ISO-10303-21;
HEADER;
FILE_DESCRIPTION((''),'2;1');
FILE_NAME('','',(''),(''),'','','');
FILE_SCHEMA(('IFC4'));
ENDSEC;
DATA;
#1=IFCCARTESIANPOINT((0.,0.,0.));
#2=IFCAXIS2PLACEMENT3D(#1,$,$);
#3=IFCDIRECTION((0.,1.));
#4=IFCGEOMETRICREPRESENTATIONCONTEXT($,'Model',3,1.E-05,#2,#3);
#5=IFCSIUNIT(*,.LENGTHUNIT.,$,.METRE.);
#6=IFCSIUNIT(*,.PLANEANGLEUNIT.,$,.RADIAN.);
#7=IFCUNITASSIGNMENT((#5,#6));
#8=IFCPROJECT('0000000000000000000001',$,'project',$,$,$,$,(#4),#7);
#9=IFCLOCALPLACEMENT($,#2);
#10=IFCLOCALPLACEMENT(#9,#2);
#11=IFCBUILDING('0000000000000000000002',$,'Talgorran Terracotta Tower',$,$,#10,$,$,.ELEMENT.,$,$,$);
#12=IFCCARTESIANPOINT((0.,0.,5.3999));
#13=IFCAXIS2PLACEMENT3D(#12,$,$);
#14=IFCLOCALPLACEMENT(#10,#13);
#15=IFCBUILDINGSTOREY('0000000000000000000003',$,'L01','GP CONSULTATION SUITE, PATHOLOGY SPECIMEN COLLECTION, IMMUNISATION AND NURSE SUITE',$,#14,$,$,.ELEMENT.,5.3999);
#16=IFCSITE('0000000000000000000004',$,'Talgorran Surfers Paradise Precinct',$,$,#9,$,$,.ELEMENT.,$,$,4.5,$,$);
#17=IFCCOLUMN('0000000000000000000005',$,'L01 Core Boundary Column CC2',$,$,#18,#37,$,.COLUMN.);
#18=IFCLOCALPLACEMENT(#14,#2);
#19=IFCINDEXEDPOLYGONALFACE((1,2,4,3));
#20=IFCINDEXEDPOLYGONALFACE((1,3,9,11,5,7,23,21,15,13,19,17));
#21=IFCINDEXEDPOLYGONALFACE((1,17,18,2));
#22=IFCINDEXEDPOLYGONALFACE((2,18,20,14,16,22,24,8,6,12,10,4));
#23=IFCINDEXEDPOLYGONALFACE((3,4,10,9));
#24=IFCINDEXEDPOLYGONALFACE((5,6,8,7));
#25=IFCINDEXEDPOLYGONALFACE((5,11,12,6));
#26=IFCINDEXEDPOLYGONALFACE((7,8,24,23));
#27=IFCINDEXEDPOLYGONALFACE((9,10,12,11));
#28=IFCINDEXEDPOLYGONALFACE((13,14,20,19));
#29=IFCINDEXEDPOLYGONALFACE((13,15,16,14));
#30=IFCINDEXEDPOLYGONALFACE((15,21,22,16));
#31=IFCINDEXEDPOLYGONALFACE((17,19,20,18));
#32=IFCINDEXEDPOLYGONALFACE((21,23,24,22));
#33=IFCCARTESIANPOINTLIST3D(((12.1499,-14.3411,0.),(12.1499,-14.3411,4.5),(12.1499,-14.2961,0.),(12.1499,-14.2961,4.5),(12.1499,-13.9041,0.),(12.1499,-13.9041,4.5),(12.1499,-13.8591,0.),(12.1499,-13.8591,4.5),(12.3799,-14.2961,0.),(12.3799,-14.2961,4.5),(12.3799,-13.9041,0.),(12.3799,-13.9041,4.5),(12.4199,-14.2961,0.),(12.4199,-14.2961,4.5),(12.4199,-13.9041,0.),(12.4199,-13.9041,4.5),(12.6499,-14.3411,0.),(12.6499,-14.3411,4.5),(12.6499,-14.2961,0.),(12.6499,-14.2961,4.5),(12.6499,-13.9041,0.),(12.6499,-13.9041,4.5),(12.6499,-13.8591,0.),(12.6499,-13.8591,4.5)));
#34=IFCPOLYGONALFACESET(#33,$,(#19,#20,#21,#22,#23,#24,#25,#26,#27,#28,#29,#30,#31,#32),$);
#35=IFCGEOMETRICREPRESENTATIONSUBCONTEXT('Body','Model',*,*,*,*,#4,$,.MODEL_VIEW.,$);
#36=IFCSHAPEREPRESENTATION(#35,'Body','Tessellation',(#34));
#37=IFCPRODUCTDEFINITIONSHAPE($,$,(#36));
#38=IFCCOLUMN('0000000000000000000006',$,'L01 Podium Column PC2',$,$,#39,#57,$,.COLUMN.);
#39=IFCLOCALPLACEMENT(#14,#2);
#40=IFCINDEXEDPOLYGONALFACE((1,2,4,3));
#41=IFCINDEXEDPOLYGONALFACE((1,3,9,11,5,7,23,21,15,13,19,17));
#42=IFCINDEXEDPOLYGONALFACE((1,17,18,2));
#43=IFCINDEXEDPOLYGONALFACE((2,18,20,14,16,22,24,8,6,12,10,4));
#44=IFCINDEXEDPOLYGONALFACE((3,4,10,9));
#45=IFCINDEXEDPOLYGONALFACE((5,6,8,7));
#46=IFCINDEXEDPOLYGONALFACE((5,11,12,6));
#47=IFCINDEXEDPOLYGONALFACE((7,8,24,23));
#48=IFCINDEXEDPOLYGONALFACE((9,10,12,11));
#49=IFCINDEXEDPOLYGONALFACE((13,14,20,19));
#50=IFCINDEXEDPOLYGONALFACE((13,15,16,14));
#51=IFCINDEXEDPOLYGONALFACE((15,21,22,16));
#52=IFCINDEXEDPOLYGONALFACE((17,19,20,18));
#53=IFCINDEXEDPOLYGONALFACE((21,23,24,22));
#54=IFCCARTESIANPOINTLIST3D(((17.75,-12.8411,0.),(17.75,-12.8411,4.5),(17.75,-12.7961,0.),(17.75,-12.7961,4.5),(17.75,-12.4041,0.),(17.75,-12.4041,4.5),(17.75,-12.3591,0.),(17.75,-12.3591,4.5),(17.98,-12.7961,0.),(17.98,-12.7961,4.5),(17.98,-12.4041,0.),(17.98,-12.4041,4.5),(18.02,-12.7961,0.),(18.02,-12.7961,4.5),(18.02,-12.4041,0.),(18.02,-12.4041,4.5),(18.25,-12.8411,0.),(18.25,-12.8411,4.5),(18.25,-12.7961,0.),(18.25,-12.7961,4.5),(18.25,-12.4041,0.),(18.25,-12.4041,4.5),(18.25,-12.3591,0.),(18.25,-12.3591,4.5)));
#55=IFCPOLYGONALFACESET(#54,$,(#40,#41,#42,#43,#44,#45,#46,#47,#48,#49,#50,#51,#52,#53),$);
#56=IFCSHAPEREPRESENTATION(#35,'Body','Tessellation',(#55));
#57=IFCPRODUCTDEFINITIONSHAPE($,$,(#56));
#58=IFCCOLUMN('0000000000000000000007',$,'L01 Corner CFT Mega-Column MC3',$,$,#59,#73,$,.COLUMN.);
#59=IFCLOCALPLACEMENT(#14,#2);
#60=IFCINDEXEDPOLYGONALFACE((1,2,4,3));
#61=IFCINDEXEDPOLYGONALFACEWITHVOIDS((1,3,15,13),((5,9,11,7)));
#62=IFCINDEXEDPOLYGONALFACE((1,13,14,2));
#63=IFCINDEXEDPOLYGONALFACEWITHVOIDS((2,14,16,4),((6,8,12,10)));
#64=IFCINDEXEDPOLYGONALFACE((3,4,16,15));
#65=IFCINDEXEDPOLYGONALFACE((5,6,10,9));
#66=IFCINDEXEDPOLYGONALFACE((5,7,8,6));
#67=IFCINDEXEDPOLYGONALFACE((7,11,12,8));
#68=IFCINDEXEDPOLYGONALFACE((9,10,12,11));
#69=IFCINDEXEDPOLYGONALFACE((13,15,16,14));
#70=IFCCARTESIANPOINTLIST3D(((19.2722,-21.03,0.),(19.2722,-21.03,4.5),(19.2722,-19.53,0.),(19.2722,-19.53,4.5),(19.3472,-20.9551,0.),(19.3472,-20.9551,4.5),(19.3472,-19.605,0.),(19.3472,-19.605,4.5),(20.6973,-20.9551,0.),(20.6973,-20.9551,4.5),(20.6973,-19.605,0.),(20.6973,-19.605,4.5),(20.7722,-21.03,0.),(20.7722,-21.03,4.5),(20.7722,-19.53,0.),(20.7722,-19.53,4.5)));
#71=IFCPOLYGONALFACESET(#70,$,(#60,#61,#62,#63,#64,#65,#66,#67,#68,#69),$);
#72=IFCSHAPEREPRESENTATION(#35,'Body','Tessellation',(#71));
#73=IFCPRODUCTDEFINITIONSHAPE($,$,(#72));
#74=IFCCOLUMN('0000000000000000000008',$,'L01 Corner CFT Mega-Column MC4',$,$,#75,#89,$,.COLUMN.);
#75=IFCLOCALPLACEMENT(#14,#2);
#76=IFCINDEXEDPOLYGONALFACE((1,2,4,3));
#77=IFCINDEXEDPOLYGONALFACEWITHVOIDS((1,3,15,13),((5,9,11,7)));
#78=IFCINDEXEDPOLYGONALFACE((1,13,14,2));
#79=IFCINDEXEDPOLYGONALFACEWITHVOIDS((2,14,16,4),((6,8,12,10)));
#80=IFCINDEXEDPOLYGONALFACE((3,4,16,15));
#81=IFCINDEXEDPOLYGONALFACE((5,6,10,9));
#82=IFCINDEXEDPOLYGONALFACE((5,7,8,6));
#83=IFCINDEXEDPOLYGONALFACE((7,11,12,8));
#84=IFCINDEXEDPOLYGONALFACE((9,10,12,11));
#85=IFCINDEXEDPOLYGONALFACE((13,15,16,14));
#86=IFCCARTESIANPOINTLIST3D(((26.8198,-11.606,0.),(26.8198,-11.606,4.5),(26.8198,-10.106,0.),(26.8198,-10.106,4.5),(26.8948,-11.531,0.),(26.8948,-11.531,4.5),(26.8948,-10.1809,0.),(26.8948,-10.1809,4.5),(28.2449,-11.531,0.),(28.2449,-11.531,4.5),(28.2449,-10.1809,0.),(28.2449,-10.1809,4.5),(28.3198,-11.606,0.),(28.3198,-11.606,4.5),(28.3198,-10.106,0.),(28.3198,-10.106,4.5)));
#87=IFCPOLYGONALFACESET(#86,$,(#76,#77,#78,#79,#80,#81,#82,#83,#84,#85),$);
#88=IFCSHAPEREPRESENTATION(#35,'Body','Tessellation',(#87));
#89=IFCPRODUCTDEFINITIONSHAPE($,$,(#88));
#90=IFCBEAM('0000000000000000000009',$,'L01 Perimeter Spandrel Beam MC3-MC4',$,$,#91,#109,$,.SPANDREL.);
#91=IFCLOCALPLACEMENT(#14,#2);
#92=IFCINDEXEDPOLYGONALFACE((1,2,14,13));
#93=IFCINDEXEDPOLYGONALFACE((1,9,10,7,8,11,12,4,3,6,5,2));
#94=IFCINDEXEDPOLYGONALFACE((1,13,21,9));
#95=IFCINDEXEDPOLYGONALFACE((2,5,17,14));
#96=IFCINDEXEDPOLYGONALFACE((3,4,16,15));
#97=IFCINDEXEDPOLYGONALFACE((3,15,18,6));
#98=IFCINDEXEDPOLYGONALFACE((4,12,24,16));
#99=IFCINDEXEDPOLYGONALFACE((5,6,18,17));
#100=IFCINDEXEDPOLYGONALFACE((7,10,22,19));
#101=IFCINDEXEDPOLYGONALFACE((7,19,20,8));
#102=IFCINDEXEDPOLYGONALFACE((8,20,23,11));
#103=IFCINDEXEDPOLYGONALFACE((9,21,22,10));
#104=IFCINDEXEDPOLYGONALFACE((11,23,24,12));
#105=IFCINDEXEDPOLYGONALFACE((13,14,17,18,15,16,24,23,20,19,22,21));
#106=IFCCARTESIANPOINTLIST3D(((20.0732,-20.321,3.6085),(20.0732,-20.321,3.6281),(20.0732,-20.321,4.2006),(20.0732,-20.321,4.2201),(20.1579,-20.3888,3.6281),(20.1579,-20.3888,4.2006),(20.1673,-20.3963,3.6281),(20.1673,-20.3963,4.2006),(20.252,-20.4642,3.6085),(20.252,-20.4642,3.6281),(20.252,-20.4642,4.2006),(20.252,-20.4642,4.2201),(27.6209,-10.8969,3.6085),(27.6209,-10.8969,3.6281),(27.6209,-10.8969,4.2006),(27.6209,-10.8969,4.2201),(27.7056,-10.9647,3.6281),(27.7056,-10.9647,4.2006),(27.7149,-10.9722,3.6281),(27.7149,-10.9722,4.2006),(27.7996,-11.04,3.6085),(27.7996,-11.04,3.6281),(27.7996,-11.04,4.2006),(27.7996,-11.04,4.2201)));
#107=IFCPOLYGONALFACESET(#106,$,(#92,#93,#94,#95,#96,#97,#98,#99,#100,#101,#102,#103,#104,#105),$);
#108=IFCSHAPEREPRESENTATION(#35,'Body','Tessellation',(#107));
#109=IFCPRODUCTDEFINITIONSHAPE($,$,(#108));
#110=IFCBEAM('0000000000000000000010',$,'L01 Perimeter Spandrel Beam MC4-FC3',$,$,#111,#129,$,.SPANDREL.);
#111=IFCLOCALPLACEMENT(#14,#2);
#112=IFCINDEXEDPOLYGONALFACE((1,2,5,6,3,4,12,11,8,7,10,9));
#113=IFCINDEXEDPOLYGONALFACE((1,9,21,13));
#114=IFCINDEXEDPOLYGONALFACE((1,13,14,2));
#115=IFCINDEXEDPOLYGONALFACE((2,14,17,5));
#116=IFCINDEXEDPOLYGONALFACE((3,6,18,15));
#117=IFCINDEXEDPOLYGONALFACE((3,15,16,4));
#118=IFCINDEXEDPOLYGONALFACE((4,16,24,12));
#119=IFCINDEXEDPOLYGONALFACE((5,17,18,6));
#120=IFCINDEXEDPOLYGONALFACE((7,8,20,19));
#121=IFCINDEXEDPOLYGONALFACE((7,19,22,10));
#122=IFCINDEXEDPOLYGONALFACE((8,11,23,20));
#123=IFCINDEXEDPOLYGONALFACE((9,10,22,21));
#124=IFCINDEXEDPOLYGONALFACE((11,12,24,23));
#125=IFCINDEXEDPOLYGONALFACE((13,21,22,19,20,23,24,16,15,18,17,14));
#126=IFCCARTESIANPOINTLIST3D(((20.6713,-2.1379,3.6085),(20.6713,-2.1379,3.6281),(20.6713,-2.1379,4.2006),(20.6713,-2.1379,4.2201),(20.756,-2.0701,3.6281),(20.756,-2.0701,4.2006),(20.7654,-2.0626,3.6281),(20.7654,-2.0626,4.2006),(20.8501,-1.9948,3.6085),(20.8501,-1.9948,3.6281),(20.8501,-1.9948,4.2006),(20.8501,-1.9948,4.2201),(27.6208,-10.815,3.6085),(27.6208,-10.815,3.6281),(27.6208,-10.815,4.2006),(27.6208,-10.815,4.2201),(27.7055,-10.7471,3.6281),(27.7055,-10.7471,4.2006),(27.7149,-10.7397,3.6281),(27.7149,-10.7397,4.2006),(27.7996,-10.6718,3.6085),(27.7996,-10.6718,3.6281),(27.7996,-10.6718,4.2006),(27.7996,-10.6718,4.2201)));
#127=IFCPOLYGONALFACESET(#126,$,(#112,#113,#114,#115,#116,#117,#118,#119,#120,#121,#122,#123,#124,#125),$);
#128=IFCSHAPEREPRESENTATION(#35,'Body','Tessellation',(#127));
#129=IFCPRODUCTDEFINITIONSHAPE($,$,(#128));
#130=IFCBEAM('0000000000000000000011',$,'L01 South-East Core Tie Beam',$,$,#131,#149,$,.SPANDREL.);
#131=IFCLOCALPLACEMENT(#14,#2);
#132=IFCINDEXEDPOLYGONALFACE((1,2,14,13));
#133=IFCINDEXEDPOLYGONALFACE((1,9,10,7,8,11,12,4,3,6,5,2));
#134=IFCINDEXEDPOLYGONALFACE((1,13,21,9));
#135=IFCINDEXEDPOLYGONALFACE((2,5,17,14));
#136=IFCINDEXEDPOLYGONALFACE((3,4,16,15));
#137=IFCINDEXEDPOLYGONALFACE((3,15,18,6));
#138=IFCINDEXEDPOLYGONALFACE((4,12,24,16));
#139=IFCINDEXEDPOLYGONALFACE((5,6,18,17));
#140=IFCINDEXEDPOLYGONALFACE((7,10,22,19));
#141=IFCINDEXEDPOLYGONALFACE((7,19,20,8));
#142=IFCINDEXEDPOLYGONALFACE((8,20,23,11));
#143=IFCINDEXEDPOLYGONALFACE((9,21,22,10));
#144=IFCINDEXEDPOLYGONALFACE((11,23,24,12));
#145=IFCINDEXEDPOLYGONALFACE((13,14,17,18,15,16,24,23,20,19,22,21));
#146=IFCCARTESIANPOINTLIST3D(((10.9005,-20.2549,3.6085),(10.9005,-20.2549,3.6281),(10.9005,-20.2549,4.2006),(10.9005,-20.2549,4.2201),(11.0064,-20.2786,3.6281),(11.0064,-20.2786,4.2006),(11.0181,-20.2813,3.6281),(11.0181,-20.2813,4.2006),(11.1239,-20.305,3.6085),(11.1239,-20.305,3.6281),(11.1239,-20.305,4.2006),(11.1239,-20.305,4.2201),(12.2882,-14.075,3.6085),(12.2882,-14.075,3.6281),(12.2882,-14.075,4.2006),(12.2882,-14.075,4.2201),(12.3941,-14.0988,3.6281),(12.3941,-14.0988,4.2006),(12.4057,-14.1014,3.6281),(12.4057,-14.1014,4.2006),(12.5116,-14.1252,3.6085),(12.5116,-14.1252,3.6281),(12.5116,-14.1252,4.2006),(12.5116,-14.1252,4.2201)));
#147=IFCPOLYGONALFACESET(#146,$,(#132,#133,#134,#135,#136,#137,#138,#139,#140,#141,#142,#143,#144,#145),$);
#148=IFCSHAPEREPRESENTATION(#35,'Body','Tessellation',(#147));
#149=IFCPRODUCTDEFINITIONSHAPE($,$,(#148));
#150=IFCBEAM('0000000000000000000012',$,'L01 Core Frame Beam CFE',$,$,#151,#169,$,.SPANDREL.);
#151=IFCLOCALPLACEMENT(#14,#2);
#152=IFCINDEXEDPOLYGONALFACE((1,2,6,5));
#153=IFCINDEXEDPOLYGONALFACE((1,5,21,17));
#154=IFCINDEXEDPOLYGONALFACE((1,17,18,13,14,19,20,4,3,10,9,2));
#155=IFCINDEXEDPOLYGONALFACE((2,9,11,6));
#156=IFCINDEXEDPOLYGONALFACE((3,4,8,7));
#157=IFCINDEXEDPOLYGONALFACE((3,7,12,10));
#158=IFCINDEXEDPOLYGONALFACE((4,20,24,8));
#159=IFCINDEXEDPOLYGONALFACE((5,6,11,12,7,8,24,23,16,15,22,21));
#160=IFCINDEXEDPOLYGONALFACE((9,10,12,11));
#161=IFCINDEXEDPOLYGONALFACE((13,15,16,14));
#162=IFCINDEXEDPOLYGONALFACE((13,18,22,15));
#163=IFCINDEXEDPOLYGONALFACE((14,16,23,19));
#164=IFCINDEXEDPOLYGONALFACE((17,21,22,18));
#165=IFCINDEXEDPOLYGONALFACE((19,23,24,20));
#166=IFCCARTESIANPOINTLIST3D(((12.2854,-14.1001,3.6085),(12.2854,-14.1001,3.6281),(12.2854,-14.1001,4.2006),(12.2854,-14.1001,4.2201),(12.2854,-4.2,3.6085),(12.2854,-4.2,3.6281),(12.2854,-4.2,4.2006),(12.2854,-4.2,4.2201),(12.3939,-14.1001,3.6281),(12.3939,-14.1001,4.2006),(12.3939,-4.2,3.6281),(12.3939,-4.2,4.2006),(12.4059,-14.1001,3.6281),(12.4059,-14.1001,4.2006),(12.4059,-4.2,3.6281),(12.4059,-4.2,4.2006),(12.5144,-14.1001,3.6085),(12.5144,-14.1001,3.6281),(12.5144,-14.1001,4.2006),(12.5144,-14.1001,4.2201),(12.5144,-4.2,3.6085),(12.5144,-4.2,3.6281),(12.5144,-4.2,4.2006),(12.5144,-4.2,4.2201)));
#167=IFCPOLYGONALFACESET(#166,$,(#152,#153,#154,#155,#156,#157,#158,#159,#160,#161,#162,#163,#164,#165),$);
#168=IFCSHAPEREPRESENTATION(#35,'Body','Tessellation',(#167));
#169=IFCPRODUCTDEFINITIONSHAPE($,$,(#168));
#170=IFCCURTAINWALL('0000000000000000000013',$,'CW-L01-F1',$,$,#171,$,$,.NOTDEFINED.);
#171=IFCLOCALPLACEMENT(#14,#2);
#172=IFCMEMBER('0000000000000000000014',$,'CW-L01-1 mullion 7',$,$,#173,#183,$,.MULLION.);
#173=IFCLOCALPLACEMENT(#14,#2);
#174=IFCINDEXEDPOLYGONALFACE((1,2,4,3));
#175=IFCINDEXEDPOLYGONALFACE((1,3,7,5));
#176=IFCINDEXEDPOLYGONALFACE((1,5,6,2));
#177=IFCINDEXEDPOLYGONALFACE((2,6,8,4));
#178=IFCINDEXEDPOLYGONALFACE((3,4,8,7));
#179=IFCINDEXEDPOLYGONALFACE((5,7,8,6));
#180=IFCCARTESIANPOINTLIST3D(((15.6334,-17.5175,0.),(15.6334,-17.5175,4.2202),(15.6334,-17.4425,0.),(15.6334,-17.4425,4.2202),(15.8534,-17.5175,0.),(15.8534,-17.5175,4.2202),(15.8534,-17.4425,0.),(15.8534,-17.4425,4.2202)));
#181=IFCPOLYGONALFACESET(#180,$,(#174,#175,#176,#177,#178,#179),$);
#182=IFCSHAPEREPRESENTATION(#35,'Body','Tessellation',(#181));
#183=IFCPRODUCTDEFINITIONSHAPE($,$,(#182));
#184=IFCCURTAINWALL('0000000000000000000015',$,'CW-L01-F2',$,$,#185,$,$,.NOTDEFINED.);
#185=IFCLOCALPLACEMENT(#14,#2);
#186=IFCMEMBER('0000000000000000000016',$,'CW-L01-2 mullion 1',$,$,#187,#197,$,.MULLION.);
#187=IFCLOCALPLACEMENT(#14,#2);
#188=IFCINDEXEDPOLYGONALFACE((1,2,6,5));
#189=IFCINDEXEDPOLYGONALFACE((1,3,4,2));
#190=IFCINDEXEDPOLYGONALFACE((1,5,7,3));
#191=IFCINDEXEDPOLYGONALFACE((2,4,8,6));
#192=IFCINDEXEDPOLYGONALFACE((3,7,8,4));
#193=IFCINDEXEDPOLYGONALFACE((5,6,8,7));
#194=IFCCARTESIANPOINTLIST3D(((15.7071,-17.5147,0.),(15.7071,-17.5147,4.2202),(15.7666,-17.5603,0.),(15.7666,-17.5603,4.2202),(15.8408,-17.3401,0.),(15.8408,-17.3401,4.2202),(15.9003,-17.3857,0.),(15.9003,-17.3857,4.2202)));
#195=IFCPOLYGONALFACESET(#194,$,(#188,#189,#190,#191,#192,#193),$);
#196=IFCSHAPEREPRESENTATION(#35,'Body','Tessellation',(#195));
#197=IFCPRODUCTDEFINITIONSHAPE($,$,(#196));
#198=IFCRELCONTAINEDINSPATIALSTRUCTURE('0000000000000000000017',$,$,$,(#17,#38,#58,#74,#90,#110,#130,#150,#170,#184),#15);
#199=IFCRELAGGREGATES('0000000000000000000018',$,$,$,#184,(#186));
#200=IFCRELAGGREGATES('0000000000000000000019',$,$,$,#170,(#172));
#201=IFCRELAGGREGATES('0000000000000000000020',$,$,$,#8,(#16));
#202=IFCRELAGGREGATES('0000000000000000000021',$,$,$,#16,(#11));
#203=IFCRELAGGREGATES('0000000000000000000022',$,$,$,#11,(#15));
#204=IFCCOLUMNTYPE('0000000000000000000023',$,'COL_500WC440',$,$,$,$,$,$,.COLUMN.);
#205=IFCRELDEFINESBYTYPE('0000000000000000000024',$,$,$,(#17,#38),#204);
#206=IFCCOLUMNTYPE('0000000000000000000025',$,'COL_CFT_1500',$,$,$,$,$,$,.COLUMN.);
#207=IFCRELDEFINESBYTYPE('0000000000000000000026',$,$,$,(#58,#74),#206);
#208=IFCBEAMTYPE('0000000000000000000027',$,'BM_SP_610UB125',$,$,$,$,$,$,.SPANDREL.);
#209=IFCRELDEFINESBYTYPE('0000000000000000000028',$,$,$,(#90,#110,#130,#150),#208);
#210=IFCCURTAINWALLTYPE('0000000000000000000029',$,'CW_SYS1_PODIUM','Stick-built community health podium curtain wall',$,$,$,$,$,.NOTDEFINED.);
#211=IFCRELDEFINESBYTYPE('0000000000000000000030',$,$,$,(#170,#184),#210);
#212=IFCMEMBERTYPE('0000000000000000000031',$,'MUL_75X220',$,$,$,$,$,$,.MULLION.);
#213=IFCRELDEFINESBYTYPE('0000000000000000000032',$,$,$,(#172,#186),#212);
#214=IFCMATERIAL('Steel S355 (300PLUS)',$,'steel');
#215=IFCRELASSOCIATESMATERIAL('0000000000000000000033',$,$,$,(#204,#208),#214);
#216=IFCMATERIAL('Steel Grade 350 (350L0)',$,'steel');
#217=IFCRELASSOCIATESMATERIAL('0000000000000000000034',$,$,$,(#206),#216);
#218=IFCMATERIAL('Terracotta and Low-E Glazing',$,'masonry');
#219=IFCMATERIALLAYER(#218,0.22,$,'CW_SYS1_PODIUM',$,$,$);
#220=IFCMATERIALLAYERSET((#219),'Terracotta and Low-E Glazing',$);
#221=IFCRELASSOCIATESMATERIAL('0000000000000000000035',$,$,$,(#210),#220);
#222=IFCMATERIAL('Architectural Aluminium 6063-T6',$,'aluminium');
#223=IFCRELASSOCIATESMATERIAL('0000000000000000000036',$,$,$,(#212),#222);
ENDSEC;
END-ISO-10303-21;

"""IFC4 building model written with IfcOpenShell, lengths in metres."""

from ifc_helpers import new_model, si_unit, direction, frame, origin, origin_2d, place, context, subcontext, project, spatial, rectangle, hollow_rectangle, i_section, extrude, material, layer, layer_set, material_profile, profile_set, type_object, element, aggregate, save


model = new_model("IFC4")

# Units and contexts
model_context = context("Model", 3, precision=1e-05, world=origin(), true_north=direction((0.0, 1.0)))
body_context = subcontext(model_context, "Body", "Model", "MODEL_VIEW")
ifc_project = project(units=[si_unit("LENGTHUNIT", "METRE"), si_unit("PLANEANGLEUNIT", "RADIAN")], contexts=[model_context])

# Site, building, storey
site_placement = place(None, origin())
site = spatial("IfcSite", under=ifc_project, at=site_placement, Name="Talgorran Surfers Paradise Precinct", CompositionType="ELEMENT", RefElevation=4.5)
building_placement = place(site_placement, origin())
building = spatial("IfcBuilding", under=site, at=building_placement, Name="Talgorran Terracotta Tower", CompositionType="ELEMENT")
storey_placement = place(building_placement, frame((0.0, 0.0, 5.3999)))
storey = spatial("IfcBuildingStorey", under=building, at=storey_placement, Name="L01", Description="GP CONSULTATION SUITE, PATHOLOGY SPECIMEN COLLECTION, IMMUNISATION AND NURSE SUITE", CompositionType="ELEMENT", Elevation=5.3999)

# Columns
ifc_material_1 = material(Name="Steel S355 (300PLUS)", Category="steel")
ifc_material_profile_1 = material_profile(ifc_material_1, i_section(OverallWidth=0.5, OverallDepth=0.4819, WebThickness=0.04, FlangeThickness=0.0449, at=origin_2d()), Name="500WC440")
ifc_profile_set_1 = profile_set([ifc_material_profile_1], Name="Steel S355 (300PLUS)")
column_type_1 = type_object("IfcColumnType", Name="COL_500WC440", PredefinedType="COLUMN", material=ifc_profile_set_1)
for number, where, z_axis, x_axis, name in (
    (1, (12.3999, -14.1001, 0.0), (0.0, 0.0, 1.0), (1.0, 0.0, 0.0), "L01 Core Boundary Column CC2"),
    (2, (18.0, -12.6001, 0.0), (0.0, 0.0, 1.0), (1.0, 0.0, 0.0), "L01 Podium Column PC2"),
):
    element("IfcColumn", number, at=place(storey_placement, frame(where, z_axis=z_axis, x_axis=x_axis)), inside=storey, type_object=column_type_1, Name=name, PredefinedType="COLUMN", context=body_context, shape_type="SweptSolid", body=[
        extrude(i_section(OverallWidth=0.5, OverallDepth=0.4819, WebThickness=0.04, FlangeThickness=0.0449, at=origin_2d()), origin(), (0.0, 0.0, 1.0), 4.5),
    ])
ifc_material_2 = material(Name="Steel Grade 350 (350L0)", Category="steel")
ifc_material_profile_2 = material_profile(ifc_material_2, hollow_rectangle(XDim=1.5, YDim=1.5, WallThickness=0.075, at=origin_2d()), Name="CFT1500X1500X75")
ifc_profile_set_2 = profile_set([ifc_material_profile_2], Name="Steel Grade 350 (350L0)")
column_type_2 = type_object("IfcColumnType", Name="COL_CFT_1500", PredefinedType="COLUMN", material=ifc_profile_set_2)
for number, where, z_axis, x_axis, name in (
    (3, (20.0222, -20.28, 0.0), (0.0, 0.0, 1.0), (1.0, 0.0, 0.0), "L01 Corner CFT Mega-Column MC3"),
    (4, (27.5698, -10.856, 0.0), (0.0, 0.0, 1.0), (1.0, 0.0, 0.0), "L01 Corner CFT Mega-Column MC4"),
):
    element("IfcColumn", number, at=place(storey_placement, frame(where, z_axis=z_axis, x_axis=x_axis)), inside=storey, type_object=column_type_2, Name=name, PredefinedType="COLUMN", context=body_context, shape_type="SweptSolid", body=[
        extrude(hollow_rectangle(XDim=1.5, YDim=1.5, WallThickness=0.075, at=origin_2d()), origin(), (0.0, 0.0, 1.0), 4.5),
    ])

# Beams
ifc_material_profile_3 = material_profile(ifc_material_1, i_section(OverallWidth=0.229, OverallDepth=0.6116, WebThickness=0.012, FlangeThickness=0.0195, at=origin_2d()), Name="610UB125")
ifc_profile_set_3 = profile_set([ifc_material_profile_3], Name="Steel S355 (300PLUS)")
beam_type = type_object("IfcBeamType", Name="BM_SP_610UB125", PredefinedType="SPANDREL", material=ifc_profile_set_3)
beam_1_placement = place(storey_placement, frame((20.1626, -20.3926, 3.9143), z_axis=(0.625117, 0.780531, 0.0), x_axis=(-0.780531, 0.625117, 0.0)))
element("IfcBeam", 5, at=beam_1_placement, inside=storey, type_object=beam_type, Name="L01 Perimeter Spandrel Beam MC3-MC4", PredefinedType="SPANDREL", context=body_context, shape_type="SweptSolid", body=[
    extrude(i_section(OverallWidth=0.229, OverallDepth=0.6116, WebThickness=0.012, FlangeThickness=0.0195, at=origin_2d()), origin(), (0.0, 0.0, 1.0), 12.074),
])
beam_2_placement = place(storey_placement, frame((27.7102, -10.7434, 3.9143), z_axis=(-0.625126, 0.780524, 0.0), x_axis=(-0.780524, -0.625126, 0.0)))
element("IfcBeam", 6, at=beam_2_placement, inside=storey, type_object=beam_type, Name="L01 Perimeter Spandrel Beam MC4-FC3", PredefinedType="SPANDREL", context=body_context, shape_type="SweptSolid", body=[
    extrude(i_section(OverallWidth=0.229, OverallDepth=0.6116, WebThickness=0.012, FlangeThickness=0.0195, at=origin_2d()), origin(), (0.0, 0.0, 1.0), 11.1169),
])
beam_3_placement = place(storey_placement, frame((12.3999, -14.1001, 3.9143), z_axis=(-0.219093, -0.975704, 0.0), x_axis=(0.975704, -0.219093, 0.0)))
element("IfcBeam", 7, at=beam_3_placement, inside=storey, type_object=beam_type, Name="L01 South-East Core Tie Beam", PredefinedType="SPANDREL", context=body_context, shape_type="SweptSolid", body=[
    extrude(i_section(OverallWidth=0.229, OverallDepth=0.6116, WebThickness=0.012, FlangeThickness=0.0195, at=origin_2d()), origin(), (0.0, 0.0, 1.0), 6.3337),
])
beam_4_placement = place(storey_placement, frame((12.3999, -14.1001, 3.9143), z_axis=(0.0, 1.0, 0.0), x_axis=(-1.0, 0.0, 0.0)))
element("IfcBeam", 8, at=beam_4_placement, inside=storey, type_object=beam_type, Name="L01 Core Frame Beam CFE", PredefinedType="SPANDREL", context=body_context, shape_type="SweptSolid", body=[
    extrude(i_section(OverallWidth=0.229, OverallDepth=0.6116, WebThickness=0.012, FlangeThickness=0.0195, at=origin_2d()), origin(), (0.0, 0.0, 1.0), 9.9001),
])

# Curtain wall, member
ifc_material_3 = material(Name="Terracotta and Low-E Glazing", Category="masonry")
ifc_layer_1 = layer(ifc_material_3, 0.22, Name="CW_SYS1_PODIUM")
ifc_layer_set_1 = layer_set([ifc_layer_1], Name="Terracotta and Low-E Glazing")
curtain_wall_type = type_object("IfcCurtainWallType", Name="CW_SYS1_PODIUM", Description="Stick-built community health podium curtain wall", PredefinedType="NOTDEFINED", material=ifc_layer_set_1)
curtain_wall_1_placement = place(storey_placement, origin())
curtain_wall_1 = element("IfcCurtainWall", 9, at=curtain_wall_1_placement, inside=storey, type_object=curtain_wall_type, Name="CW-L01-F1", PredefinedType="NOTDEFINED")
ifc_material_4 = material(Name="Architectural Aluminium 6063-T6", Category="aluminium")
ifc_material_profile_4 = material_profile(ifc_material_4, rectangle(XDim=0.075, YDim=0.22, at=origin_2d()), Name="CWM75X220")
ifc_profile_set_4 = profile_set([ifc_material_profile_4], Name="Architectural Aluminium 6063-T6")
member_type_1 = type_object("IfcMemberType", Name="MUL_75X220", PredefinedType="MULLION", material=ifc_profile_set_4)
member_1_placement = place(storey_placement, frame((15.7434, -17.48, 0.0), z_axis=(0.0, 0.0, 1.0), x_axis=(0.0, 1.0, 0.0)))
member_1 = element("IfcMember", 10, at=member_1_placement, type_object=member_type_1, Name="CW-L01-1 mullion 7", PredefinedType="MULLION", context=body_context, shape_type="SweptSolid", body=[
    extrude(rectangle(XDim=0.075, YDim=0.22, at=origin_2d()), origin(), (0.0, 0.0, 1.0), 4.2202),
])

# Curtain wall, member
curtain_wall_2_placement = place(storey_placement, origin())
curtain_wall_2 = element("IfcCurtainWall", 11, at=curtain_wall_2_placement, inside=storey, type_object=curtain_wall_type, Name="CW-L01-F2", PredefinedType="NOTDEFINED")
member_2_placement = place(storey_placement, frame((15.8037, -17.4502, 0.0), z_axis=(0.0, 0.0, 1.0), x_axis=(-0.793882, 0.608072, 0.0)))
member_2 = element("IfcMember", 12, at=member_2_placement, type_object=member_type_1, Name="CW-L01-2 mullion 1", PredefinedType="MULLION", context=body_context, shape_type="SweptSolid", body=[
    extrude(rectangle(XDim=0.075, YDim=0.22, at=origin_2d()), origin(), (0.0, 0.0, 1.0), 4.2202),
])

aggregate(curtain_wall_2, [member_2])
aggregate(curtain_wall_1, [member_1])

save(model, "model.ifc")
